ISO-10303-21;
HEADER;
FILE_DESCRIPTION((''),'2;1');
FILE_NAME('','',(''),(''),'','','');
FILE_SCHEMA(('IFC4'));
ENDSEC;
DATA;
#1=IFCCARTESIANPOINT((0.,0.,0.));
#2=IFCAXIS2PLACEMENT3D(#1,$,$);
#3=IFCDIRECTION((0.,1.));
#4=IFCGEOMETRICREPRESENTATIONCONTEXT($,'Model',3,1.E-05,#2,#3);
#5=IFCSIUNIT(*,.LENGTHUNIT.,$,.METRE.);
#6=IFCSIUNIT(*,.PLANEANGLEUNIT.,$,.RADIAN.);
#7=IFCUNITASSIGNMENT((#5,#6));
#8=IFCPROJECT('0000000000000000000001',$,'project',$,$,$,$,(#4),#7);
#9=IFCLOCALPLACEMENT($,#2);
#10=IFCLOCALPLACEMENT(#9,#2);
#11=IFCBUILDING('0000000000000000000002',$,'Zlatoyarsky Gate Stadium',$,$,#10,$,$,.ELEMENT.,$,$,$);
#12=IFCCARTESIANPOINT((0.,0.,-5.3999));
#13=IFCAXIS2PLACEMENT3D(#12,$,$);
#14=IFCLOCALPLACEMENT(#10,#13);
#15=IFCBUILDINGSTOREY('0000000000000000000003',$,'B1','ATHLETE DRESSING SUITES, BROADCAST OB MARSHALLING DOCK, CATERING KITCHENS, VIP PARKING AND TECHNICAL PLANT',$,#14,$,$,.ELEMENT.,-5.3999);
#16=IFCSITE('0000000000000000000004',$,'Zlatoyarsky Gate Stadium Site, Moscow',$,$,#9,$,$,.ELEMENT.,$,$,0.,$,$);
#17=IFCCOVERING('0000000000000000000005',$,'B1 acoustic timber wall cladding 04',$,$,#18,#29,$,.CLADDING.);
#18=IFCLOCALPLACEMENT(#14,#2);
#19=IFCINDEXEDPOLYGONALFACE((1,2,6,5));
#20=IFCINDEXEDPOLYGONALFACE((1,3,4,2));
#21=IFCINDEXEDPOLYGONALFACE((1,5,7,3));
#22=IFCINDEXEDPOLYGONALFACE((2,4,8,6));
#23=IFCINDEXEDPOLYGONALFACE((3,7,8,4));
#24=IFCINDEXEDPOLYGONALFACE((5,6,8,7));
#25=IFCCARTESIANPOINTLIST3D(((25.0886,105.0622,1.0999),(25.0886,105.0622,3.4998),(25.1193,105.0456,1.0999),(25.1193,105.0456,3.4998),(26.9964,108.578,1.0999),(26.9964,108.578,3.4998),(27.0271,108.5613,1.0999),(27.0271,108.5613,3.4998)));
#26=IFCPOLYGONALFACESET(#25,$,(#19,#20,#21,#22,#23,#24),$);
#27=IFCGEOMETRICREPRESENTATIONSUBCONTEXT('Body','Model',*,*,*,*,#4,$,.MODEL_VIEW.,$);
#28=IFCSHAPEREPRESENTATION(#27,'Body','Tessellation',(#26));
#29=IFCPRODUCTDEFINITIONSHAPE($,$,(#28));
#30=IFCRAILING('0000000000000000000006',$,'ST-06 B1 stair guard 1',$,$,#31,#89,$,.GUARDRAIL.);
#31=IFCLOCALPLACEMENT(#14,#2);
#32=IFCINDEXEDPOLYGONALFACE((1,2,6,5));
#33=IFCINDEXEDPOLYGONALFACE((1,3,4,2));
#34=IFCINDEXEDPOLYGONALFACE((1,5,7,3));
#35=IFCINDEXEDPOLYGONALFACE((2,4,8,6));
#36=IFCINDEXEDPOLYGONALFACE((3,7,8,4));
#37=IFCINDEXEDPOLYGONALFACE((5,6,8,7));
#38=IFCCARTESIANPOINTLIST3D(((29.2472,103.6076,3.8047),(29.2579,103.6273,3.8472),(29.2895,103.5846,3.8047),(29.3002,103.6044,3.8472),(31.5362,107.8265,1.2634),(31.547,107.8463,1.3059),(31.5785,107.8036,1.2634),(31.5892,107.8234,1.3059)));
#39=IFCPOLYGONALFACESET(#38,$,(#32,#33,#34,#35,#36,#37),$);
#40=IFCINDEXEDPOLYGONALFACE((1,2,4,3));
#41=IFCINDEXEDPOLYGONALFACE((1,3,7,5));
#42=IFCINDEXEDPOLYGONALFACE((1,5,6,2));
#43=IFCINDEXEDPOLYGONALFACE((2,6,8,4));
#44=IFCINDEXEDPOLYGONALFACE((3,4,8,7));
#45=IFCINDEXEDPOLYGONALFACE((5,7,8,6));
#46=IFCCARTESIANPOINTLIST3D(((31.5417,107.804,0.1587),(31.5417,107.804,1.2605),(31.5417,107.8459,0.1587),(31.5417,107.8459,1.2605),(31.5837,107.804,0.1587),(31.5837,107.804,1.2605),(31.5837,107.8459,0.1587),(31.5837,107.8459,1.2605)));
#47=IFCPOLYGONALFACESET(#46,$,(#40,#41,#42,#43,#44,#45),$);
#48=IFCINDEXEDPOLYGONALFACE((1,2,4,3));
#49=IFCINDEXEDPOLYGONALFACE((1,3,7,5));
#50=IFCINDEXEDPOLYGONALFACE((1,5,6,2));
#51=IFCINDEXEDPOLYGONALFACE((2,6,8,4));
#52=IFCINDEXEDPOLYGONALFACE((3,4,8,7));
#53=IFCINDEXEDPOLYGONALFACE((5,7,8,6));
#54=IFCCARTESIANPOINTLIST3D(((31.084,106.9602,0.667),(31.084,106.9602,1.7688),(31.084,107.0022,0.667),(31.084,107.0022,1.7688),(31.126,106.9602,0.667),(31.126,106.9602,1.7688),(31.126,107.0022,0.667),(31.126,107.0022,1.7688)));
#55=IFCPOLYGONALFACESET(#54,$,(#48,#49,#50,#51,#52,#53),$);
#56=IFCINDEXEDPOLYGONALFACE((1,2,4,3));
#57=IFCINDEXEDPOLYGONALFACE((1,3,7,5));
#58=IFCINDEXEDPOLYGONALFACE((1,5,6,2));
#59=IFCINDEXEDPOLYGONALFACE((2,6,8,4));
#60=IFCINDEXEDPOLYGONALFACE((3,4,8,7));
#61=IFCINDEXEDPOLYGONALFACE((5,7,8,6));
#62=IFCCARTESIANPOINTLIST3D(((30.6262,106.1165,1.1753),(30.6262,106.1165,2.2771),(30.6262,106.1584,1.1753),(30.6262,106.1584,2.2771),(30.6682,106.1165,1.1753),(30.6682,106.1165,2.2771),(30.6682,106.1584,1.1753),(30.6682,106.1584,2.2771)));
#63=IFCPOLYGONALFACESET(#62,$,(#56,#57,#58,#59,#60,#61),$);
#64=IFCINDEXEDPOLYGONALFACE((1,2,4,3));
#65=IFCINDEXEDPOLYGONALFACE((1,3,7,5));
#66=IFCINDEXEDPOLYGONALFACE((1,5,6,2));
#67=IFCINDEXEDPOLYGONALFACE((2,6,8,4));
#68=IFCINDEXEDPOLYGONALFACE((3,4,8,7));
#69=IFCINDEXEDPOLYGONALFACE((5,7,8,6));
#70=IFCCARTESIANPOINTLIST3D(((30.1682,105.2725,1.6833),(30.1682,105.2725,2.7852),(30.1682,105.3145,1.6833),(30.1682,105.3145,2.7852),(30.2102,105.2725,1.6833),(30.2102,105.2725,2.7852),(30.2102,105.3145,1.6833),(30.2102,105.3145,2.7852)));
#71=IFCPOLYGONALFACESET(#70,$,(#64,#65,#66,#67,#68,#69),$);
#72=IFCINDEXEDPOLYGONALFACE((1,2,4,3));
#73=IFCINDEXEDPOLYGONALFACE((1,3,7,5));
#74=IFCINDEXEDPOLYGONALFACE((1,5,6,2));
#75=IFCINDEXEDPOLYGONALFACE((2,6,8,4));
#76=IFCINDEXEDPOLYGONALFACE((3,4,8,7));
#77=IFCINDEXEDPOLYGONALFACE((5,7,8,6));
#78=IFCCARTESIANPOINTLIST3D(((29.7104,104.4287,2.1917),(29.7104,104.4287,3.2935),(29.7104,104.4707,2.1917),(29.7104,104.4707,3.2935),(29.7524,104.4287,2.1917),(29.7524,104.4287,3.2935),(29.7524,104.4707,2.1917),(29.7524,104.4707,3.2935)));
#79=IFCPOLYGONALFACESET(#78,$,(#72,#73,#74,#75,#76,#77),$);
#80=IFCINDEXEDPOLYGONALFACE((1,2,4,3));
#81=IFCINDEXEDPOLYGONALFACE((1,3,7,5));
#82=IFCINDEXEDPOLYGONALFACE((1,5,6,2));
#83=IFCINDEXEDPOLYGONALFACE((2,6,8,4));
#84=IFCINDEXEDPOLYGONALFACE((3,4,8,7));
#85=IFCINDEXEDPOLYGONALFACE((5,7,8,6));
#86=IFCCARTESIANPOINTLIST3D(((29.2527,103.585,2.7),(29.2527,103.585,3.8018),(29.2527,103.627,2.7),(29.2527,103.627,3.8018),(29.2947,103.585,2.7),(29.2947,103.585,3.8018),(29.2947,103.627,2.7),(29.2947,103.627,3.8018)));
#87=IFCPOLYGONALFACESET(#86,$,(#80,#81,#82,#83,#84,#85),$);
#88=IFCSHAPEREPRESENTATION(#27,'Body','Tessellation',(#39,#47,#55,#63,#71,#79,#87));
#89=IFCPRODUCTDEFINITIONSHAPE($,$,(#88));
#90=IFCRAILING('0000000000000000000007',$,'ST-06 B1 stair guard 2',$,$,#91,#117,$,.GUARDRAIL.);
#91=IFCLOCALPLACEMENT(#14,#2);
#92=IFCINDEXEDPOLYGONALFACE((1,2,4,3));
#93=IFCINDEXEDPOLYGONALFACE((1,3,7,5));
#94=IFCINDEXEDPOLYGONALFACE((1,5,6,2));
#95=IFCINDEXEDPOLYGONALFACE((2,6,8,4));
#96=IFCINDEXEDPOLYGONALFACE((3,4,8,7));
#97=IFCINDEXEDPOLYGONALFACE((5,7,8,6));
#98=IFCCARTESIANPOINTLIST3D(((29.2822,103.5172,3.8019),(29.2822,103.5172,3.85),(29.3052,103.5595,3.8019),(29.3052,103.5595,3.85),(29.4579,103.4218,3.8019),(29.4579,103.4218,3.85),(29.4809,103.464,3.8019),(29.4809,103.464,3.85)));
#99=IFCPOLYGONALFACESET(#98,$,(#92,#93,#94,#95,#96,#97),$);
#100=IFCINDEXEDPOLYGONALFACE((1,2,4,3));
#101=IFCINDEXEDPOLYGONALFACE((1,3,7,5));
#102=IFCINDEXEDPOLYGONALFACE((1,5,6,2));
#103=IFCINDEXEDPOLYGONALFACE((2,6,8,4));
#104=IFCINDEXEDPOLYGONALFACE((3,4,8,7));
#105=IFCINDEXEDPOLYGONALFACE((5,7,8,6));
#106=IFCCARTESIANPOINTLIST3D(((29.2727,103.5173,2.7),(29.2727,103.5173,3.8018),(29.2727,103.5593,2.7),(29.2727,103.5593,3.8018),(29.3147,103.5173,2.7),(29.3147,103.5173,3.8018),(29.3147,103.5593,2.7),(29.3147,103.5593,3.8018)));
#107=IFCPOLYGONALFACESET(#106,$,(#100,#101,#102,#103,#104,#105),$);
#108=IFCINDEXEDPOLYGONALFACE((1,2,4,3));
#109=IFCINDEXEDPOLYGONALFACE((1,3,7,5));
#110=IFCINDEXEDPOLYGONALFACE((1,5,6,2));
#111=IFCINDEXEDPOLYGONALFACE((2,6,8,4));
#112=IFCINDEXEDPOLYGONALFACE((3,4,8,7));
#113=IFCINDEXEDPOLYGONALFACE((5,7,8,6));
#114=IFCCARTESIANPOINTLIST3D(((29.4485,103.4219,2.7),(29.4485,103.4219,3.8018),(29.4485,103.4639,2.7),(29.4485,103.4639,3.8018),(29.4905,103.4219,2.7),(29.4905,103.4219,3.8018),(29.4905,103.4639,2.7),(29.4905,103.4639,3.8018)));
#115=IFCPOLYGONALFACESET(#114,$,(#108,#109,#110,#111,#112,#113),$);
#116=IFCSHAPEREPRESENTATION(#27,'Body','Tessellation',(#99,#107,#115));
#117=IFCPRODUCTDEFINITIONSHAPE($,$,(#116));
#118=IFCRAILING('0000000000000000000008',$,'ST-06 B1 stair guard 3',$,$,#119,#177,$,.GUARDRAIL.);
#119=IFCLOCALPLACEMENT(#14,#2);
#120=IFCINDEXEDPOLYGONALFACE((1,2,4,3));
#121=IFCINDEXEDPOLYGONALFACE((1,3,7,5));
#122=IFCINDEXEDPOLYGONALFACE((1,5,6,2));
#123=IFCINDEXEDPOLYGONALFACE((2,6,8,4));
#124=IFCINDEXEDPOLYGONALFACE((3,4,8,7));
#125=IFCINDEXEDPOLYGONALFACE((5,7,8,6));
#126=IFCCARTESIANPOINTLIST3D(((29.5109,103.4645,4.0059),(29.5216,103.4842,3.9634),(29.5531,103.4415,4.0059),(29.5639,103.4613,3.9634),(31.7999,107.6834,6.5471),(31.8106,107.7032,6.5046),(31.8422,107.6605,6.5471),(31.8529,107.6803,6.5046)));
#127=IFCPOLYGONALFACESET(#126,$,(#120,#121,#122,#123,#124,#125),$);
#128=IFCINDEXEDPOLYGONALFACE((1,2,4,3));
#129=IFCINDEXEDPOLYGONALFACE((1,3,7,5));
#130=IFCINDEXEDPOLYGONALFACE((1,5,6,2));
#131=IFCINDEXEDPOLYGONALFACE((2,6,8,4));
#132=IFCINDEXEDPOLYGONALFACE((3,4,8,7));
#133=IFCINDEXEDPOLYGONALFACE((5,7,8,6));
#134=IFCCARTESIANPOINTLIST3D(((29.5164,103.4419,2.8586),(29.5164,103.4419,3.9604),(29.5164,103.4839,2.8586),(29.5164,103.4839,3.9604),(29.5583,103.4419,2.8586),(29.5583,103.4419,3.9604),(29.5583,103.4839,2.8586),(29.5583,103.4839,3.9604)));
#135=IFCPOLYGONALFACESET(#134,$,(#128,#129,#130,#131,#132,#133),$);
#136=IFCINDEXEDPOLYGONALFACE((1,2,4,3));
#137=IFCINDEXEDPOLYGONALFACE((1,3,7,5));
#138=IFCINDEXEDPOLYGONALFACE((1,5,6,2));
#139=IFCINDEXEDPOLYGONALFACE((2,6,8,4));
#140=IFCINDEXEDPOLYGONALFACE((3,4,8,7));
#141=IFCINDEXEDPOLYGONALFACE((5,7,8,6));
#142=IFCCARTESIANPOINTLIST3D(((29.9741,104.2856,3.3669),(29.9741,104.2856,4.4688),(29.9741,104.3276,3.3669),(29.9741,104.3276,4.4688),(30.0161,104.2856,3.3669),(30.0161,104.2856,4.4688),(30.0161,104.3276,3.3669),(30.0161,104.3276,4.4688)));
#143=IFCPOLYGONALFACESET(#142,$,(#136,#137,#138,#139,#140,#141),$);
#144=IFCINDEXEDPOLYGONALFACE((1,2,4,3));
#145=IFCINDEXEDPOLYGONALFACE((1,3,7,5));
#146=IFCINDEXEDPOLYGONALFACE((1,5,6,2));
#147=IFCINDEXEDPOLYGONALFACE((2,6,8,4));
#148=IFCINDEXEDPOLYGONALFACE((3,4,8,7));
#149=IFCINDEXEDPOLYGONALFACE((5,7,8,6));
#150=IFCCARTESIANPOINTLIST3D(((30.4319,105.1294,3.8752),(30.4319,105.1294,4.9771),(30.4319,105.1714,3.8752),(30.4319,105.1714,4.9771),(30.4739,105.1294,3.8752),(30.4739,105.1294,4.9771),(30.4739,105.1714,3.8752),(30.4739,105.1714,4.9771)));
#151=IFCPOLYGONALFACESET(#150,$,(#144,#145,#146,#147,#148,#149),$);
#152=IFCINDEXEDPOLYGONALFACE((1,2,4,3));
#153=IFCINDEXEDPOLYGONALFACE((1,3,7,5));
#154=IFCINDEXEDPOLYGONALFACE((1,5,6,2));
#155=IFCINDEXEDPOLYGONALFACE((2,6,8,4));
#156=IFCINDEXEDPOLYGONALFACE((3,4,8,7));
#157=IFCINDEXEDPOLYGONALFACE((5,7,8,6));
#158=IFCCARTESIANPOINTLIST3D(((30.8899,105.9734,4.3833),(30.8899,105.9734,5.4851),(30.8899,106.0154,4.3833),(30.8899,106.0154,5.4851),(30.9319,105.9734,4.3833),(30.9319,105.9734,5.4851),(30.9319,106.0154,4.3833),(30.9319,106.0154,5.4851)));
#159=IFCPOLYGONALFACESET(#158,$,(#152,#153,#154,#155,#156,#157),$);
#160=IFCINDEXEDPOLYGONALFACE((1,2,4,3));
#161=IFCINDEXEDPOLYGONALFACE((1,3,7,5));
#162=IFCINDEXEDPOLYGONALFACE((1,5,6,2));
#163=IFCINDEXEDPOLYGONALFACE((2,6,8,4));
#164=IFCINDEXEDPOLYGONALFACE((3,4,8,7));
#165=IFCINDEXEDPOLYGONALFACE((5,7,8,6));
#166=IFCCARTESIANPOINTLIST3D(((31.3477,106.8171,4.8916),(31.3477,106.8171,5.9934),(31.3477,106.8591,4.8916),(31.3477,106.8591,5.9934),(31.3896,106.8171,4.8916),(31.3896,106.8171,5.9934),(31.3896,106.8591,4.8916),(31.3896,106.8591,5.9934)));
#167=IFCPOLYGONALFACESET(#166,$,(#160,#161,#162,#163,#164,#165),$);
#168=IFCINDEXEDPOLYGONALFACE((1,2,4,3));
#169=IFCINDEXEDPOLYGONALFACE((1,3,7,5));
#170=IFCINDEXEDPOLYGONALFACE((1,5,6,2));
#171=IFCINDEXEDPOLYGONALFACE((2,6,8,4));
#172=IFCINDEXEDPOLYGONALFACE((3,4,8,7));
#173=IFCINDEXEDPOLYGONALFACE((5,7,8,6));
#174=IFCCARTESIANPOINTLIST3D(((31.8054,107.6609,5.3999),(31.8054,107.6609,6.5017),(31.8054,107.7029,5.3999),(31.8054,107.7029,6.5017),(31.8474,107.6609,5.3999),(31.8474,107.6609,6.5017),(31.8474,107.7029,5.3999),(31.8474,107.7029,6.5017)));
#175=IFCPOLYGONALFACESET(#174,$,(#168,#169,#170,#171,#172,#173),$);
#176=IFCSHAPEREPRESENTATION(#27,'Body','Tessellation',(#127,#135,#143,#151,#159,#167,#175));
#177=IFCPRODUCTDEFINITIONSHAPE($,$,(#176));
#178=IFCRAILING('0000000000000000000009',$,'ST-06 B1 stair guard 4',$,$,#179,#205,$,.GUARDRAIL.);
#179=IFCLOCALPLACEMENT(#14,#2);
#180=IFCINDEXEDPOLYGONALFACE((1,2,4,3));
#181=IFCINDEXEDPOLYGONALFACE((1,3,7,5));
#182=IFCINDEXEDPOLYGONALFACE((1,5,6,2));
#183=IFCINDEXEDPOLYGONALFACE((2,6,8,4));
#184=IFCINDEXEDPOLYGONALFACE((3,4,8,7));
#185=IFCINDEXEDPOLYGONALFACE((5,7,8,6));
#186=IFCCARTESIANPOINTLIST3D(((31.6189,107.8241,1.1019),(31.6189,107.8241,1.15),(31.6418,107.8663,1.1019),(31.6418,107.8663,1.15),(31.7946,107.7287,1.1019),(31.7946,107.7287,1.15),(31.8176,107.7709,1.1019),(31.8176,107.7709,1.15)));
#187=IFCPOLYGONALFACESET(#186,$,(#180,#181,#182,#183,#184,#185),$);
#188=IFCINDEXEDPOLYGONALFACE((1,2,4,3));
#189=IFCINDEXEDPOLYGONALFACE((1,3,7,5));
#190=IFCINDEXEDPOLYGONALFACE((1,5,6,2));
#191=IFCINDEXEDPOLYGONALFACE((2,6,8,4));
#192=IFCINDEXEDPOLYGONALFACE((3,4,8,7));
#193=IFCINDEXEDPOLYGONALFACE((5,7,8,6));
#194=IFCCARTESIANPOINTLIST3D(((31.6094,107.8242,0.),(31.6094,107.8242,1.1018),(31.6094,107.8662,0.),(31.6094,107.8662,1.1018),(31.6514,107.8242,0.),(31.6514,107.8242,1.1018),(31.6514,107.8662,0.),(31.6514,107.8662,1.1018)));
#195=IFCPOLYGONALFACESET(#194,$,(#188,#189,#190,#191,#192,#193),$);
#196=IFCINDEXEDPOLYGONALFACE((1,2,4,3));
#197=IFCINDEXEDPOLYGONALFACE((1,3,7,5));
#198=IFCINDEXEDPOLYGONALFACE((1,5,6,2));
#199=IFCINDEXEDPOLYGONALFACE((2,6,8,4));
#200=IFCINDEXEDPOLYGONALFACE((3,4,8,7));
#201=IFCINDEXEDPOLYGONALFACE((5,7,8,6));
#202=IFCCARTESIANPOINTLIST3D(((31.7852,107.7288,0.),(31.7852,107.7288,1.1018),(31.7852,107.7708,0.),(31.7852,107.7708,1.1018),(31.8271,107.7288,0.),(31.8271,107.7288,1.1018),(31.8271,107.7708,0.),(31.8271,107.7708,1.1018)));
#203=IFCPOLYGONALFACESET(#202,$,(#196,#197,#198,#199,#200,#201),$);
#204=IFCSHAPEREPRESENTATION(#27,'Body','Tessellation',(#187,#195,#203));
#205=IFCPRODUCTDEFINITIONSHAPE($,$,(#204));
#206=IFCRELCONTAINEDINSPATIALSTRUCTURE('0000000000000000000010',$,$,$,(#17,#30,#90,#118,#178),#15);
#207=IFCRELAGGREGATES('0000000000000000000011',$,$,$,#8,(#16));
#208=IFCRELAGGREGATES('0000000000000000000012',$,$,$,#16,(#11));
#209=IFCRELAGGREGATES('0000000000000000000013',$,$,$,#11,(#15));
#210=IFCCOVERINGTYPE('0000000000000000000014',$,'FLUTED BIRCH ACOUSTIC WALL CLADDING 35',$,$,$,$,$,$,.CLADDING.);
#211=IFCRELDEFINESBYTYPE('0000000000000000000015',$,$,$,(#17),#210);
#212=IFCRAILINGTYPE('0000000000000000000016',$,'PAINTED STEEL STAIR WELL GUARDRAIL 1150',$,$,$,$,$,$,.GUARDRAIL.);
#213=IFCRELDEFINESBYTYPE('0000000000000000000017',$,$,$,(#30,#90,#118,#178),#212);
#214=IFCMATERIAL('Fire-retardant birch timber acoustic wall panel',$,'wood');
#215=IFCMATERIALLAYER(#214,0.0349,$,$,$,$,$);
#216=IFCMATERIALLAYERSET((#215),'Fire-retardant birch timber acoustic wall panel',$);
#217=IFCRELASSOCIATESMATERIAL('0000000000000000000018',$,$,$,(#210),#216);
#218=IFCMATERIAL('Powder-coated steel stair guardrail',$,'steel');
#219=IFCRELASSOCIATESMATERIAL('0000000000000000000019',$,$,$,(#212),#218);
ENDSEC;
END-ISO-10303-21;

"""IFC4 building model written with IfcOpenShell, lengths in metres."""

from ifc_helpers import new_model, si_unit, direction, frame, origin, origin_2d, place, context, subcontext, project, spatial, rectangle, extrude, material, layer, layer_set, type_object, element, save


model = new_model("IFC4")

# Units and contexts
model_context = context("Model", 3, precision=1e-05, world=origin(), true_north=direction((0.0, 1.0)))
body_context = subcontext(model_context, "Body", "Model", "MODEL_VIEW")
ifc_project = project(units=[si_unit("LENGTHUNIT", "METRE"), si_unit("PLANEANGLEUNIT", "RADIAN")], contexts=[model_context])

# Site, building, storey
site_placement = place(None, origin())
site = spatial("IfcSite", under=ifc_project, at=site_placement, Name="Zlatoyarsky Gate Stadium Site, Moscow", CompositionType="ELEMENT", RefElevation=0.0)
building_placement = place(site_placement, origin())
building = spatial("IfcBuilding", under=site, at=building_placement, Name="Zlatoyarsky Gate Stadium", CompositionType="ELEMENT")
storey_placement = place(building_placement, frame((0.0, 0.0, -5.3999)))
storey = spatial("IfcBuildingStorey", under=building, at=storey_placement, Name="B1", Description="ATHLETE DRESSING SUITES, BROADCAST OB MARSHALLING DOCK, CATERING KITCHENS, VIP PARKING AND TECHNICAL PLANT", CompositionType="ELEMENT", Elevation=-5.3999)

# Covering
ifc_material_1 = material(Name="Fire-retardant birch timber acoustic wall panel", Category="wood")
ifc_layer_1 = layer(ifc_material_1, 0.0349)
ifc_layer_set_1 = layer_set([ifc_layer_1], Name="Fire-retardant birch timber acoustic wall panel")
covering_type = type_object("IfcCoveringType", Name="FLUTED BIRCH ACOUSTIC WALL CLADDING 35", PredefinedType="CLADDING", material=ifc_layer_set_1)
covering_placement = place(storey_placement, frame((26.0579, 106.8118, 1.0999), z_axis=(0.0, 0.0, 1.0), x_axis=(-0.476953, -0.878929, 0.0)))
element("IfcCovering", 1, at=covering_placement, inside=storey, type_object=covering_type, Name="B1 acoustic timber wall cladding 04", PredefinedType="CLADDING", context=body_context, shape_type="SweptSolid", body=[
    extrude(rectangle(XDim=4.0, YDim=0.0349, at=origin_2d()), origin(), (0.0, 0.0, 1.0), 2.3999),
])

# Railings
ifc_material_2 = material(Name="Powder-coated steel stair guardrail", Category="steel")
railing_type_1 = type_object("IfcRailingType", Name="PAINTED STEEL STAIR WELL GUARDRAIL 1150", PredefinedType="GUARDRAIL", material=ifc_material_2)
railing_1_placement = place(storey_placement, frame((31.5627, 107.825, 0.1587)))
element("IfcRailing", 2, at=railing_1_placement, inside=storey, type_object=railing_type_1, Name="ST-06 B1 stair guard 1", PredefinedType="GUARDRAIL", context=body_context, shape_type="SweptSolid", body=[
    extrude(rectangle(XDim=0.0481, YDim=0.0481, at=origin_2d()), frame((0.0, 0.0, 1.126), z_axis=(-0.421467, -0.77681, 0.467902), x_axis=(0.878962, -0.476891, 0.0)), (0.0, 0.0, 1.0), 5.4312),
    extrude(rectangle(XDim=0.042, YDim=0.042, at=origin_2d()), origin(), (0.0, 0.0, 1.0), 1.1018),
    extrude(rectangle(XDim=0.042, YDim=0.042, at=origin_2d()), frame((-0.4578, -0.8438, 0.5083)), (0.0, 0.0, 1.0), 1.1018),
    extrude(rectangle(XDim=0.042, YDim=0.042, at=origin_2d()), frame((-0.9155, -1.6875, 1.0166)), (0.0, 0.0, 1.0), 1.1018),
    extrude(rectangle(XDim=0.042, YDim=0.042, at=origin_2d()), frame((-1.3735, -2.5315, 1.5247)), (0.0, 0.0, 1.0), 1.1018),
    extrude(rectangle(XDim=0.042, YDim=0.042, at=origin_2d()), frame((-1.8313, -3.3752, 2.033)), (0.0, 0.0, 1.0), 1.1018),
    extrude(rectangle(XDim=0.042, YDim=0.042, at=origin_2d()), frame((-2.2891, -4.219, 2.5413)), (0.0, 0.0, 1.0), 1.1018),
])
railing_2_placement = place(storey_placement, frame((29.2937, 103.5383, 2.7)))
element("IfcRailing", 3, at=railing_2_placement, inside=storey, type_object=railing_type_1, Name="ST-06 B1 stair guard 2", PredefinedType="GUARDRAIL", context=body_context, shape_type="SweptSolid", body=[
    extrude(rectangle(XDim=0.0481, YDim=0.0481, at=origin_2d()), frame((0.0, 0.0, 1.126), z_axis=(0.87878, -0.477227, 0.0), x_axis=(0.477227, 0.87878, 0.0)), (0.0, 0.0, 1.0), 0.2),
    extrude(rectangle(XDim=0.042, YDim=0.042, at=origin_2d()), origin(), (0.0, 0.0, 1.0), 1.1018),
    extrude(rectangle(XDim=0.042, YDim=0.042, at=origin_2d()), frame((0.1758, -0.0955, 0.0)), (0.0, 0.0, 1.0), 1.1018),
])
railing_3_placement = place(storey_placement, frame((29.5374, 103.4629, 2.8586)))
element("IfcRailing", 4, at=railing_3_placement, inside=storey, type_object=railing_type_1, Name="ST-06 B1 stair guard 3", PredefinedType="GUARDRAIL", context=body_context, shape_type="SweptSolid", body=[
    extrude(rectangle(XDim=0.0481, YDim=0.0481, at=origin_2d()), frame((0.0, 0.0, 1.126), z_axis=(0.421467, 0.77681, 0.467902), x_axis=(-0.878962, 0.476891, 0.0)), (0.0, 0.0, 1.0), 5.4312),
    extrude(rectangle(XDim=0.042, YDim=0.042, at=origin_2d()), origin(), (0.0, 0.0, 1.0), 1.1018),
    extrude(rectangle(XDim=0.042, YDim=0.042, at=origin_2d()), frame((0.4578, 0.8438, 0.5083)), (0.0, 0.0, 1.0), 1.1018),
    extrude(rectangle(XDim=0.042, YDim=0.042, at=origin_2d()), frame((0.9155, 1.6875, 1.0166)), (0.0, 0.0, 1.0), 1.1018),
    extrude(rectangle(XDim=0.042, YDim=0.042, at=origin_2d()), frame((1.3735, 2.5315, 1.5247)), (0.0, 0.0, 1.0), 1.1018),
    extrude(rectangle(XDim=0.042, YDim=0.042, at=origin_2d()), frame((1.8313, 3.3752, 2.033)), (0.0, 0.0, 1.0), 1.1018),
    extrude(rectangle(XDim=0.042, YDim=0.042, at=origin_2d()), frame((2.2891, 4.219, 2.5413)), (0.0, 0.0, 1.0), 1.1018),
])
railing_4_placement = place(storey_placement, frame((31.6304, 107.8452, 0.0)))
element("IfcRailing", 5, at=railing_4_placement, inside=storey, type_object=railing_type_1, Name="ST-06 B1 stair guard 4", PredefinedType="GUARDRAIL", context=body_context, shape_type="SweptSolid", body=[
    extrude(rectangle(XDim=0.0481, YDim=0.0481, at=origin_2d()), frame((0.0, 0.0, 1.126), z_axis=(0.87878, -0.477227, 0.0), x_axis=(0.477227, 0.87878, 0.0)), (0.0, 0.0, 1.0), 0.2),
    extrude(rectangle(XDim=0.042, YDim=0.042, at=origin_2d()), origin(), (0.0, 0.0, 1.0), 1.1018),
    extrude(rectangle(XDim=0.042, YDim=0.042, at=origin_2d()), frame((0.1758, -0.0955, 0.0)), (0.0, 0.0, 1.0), 1.1018),
])

save(model, "model.ifc")
